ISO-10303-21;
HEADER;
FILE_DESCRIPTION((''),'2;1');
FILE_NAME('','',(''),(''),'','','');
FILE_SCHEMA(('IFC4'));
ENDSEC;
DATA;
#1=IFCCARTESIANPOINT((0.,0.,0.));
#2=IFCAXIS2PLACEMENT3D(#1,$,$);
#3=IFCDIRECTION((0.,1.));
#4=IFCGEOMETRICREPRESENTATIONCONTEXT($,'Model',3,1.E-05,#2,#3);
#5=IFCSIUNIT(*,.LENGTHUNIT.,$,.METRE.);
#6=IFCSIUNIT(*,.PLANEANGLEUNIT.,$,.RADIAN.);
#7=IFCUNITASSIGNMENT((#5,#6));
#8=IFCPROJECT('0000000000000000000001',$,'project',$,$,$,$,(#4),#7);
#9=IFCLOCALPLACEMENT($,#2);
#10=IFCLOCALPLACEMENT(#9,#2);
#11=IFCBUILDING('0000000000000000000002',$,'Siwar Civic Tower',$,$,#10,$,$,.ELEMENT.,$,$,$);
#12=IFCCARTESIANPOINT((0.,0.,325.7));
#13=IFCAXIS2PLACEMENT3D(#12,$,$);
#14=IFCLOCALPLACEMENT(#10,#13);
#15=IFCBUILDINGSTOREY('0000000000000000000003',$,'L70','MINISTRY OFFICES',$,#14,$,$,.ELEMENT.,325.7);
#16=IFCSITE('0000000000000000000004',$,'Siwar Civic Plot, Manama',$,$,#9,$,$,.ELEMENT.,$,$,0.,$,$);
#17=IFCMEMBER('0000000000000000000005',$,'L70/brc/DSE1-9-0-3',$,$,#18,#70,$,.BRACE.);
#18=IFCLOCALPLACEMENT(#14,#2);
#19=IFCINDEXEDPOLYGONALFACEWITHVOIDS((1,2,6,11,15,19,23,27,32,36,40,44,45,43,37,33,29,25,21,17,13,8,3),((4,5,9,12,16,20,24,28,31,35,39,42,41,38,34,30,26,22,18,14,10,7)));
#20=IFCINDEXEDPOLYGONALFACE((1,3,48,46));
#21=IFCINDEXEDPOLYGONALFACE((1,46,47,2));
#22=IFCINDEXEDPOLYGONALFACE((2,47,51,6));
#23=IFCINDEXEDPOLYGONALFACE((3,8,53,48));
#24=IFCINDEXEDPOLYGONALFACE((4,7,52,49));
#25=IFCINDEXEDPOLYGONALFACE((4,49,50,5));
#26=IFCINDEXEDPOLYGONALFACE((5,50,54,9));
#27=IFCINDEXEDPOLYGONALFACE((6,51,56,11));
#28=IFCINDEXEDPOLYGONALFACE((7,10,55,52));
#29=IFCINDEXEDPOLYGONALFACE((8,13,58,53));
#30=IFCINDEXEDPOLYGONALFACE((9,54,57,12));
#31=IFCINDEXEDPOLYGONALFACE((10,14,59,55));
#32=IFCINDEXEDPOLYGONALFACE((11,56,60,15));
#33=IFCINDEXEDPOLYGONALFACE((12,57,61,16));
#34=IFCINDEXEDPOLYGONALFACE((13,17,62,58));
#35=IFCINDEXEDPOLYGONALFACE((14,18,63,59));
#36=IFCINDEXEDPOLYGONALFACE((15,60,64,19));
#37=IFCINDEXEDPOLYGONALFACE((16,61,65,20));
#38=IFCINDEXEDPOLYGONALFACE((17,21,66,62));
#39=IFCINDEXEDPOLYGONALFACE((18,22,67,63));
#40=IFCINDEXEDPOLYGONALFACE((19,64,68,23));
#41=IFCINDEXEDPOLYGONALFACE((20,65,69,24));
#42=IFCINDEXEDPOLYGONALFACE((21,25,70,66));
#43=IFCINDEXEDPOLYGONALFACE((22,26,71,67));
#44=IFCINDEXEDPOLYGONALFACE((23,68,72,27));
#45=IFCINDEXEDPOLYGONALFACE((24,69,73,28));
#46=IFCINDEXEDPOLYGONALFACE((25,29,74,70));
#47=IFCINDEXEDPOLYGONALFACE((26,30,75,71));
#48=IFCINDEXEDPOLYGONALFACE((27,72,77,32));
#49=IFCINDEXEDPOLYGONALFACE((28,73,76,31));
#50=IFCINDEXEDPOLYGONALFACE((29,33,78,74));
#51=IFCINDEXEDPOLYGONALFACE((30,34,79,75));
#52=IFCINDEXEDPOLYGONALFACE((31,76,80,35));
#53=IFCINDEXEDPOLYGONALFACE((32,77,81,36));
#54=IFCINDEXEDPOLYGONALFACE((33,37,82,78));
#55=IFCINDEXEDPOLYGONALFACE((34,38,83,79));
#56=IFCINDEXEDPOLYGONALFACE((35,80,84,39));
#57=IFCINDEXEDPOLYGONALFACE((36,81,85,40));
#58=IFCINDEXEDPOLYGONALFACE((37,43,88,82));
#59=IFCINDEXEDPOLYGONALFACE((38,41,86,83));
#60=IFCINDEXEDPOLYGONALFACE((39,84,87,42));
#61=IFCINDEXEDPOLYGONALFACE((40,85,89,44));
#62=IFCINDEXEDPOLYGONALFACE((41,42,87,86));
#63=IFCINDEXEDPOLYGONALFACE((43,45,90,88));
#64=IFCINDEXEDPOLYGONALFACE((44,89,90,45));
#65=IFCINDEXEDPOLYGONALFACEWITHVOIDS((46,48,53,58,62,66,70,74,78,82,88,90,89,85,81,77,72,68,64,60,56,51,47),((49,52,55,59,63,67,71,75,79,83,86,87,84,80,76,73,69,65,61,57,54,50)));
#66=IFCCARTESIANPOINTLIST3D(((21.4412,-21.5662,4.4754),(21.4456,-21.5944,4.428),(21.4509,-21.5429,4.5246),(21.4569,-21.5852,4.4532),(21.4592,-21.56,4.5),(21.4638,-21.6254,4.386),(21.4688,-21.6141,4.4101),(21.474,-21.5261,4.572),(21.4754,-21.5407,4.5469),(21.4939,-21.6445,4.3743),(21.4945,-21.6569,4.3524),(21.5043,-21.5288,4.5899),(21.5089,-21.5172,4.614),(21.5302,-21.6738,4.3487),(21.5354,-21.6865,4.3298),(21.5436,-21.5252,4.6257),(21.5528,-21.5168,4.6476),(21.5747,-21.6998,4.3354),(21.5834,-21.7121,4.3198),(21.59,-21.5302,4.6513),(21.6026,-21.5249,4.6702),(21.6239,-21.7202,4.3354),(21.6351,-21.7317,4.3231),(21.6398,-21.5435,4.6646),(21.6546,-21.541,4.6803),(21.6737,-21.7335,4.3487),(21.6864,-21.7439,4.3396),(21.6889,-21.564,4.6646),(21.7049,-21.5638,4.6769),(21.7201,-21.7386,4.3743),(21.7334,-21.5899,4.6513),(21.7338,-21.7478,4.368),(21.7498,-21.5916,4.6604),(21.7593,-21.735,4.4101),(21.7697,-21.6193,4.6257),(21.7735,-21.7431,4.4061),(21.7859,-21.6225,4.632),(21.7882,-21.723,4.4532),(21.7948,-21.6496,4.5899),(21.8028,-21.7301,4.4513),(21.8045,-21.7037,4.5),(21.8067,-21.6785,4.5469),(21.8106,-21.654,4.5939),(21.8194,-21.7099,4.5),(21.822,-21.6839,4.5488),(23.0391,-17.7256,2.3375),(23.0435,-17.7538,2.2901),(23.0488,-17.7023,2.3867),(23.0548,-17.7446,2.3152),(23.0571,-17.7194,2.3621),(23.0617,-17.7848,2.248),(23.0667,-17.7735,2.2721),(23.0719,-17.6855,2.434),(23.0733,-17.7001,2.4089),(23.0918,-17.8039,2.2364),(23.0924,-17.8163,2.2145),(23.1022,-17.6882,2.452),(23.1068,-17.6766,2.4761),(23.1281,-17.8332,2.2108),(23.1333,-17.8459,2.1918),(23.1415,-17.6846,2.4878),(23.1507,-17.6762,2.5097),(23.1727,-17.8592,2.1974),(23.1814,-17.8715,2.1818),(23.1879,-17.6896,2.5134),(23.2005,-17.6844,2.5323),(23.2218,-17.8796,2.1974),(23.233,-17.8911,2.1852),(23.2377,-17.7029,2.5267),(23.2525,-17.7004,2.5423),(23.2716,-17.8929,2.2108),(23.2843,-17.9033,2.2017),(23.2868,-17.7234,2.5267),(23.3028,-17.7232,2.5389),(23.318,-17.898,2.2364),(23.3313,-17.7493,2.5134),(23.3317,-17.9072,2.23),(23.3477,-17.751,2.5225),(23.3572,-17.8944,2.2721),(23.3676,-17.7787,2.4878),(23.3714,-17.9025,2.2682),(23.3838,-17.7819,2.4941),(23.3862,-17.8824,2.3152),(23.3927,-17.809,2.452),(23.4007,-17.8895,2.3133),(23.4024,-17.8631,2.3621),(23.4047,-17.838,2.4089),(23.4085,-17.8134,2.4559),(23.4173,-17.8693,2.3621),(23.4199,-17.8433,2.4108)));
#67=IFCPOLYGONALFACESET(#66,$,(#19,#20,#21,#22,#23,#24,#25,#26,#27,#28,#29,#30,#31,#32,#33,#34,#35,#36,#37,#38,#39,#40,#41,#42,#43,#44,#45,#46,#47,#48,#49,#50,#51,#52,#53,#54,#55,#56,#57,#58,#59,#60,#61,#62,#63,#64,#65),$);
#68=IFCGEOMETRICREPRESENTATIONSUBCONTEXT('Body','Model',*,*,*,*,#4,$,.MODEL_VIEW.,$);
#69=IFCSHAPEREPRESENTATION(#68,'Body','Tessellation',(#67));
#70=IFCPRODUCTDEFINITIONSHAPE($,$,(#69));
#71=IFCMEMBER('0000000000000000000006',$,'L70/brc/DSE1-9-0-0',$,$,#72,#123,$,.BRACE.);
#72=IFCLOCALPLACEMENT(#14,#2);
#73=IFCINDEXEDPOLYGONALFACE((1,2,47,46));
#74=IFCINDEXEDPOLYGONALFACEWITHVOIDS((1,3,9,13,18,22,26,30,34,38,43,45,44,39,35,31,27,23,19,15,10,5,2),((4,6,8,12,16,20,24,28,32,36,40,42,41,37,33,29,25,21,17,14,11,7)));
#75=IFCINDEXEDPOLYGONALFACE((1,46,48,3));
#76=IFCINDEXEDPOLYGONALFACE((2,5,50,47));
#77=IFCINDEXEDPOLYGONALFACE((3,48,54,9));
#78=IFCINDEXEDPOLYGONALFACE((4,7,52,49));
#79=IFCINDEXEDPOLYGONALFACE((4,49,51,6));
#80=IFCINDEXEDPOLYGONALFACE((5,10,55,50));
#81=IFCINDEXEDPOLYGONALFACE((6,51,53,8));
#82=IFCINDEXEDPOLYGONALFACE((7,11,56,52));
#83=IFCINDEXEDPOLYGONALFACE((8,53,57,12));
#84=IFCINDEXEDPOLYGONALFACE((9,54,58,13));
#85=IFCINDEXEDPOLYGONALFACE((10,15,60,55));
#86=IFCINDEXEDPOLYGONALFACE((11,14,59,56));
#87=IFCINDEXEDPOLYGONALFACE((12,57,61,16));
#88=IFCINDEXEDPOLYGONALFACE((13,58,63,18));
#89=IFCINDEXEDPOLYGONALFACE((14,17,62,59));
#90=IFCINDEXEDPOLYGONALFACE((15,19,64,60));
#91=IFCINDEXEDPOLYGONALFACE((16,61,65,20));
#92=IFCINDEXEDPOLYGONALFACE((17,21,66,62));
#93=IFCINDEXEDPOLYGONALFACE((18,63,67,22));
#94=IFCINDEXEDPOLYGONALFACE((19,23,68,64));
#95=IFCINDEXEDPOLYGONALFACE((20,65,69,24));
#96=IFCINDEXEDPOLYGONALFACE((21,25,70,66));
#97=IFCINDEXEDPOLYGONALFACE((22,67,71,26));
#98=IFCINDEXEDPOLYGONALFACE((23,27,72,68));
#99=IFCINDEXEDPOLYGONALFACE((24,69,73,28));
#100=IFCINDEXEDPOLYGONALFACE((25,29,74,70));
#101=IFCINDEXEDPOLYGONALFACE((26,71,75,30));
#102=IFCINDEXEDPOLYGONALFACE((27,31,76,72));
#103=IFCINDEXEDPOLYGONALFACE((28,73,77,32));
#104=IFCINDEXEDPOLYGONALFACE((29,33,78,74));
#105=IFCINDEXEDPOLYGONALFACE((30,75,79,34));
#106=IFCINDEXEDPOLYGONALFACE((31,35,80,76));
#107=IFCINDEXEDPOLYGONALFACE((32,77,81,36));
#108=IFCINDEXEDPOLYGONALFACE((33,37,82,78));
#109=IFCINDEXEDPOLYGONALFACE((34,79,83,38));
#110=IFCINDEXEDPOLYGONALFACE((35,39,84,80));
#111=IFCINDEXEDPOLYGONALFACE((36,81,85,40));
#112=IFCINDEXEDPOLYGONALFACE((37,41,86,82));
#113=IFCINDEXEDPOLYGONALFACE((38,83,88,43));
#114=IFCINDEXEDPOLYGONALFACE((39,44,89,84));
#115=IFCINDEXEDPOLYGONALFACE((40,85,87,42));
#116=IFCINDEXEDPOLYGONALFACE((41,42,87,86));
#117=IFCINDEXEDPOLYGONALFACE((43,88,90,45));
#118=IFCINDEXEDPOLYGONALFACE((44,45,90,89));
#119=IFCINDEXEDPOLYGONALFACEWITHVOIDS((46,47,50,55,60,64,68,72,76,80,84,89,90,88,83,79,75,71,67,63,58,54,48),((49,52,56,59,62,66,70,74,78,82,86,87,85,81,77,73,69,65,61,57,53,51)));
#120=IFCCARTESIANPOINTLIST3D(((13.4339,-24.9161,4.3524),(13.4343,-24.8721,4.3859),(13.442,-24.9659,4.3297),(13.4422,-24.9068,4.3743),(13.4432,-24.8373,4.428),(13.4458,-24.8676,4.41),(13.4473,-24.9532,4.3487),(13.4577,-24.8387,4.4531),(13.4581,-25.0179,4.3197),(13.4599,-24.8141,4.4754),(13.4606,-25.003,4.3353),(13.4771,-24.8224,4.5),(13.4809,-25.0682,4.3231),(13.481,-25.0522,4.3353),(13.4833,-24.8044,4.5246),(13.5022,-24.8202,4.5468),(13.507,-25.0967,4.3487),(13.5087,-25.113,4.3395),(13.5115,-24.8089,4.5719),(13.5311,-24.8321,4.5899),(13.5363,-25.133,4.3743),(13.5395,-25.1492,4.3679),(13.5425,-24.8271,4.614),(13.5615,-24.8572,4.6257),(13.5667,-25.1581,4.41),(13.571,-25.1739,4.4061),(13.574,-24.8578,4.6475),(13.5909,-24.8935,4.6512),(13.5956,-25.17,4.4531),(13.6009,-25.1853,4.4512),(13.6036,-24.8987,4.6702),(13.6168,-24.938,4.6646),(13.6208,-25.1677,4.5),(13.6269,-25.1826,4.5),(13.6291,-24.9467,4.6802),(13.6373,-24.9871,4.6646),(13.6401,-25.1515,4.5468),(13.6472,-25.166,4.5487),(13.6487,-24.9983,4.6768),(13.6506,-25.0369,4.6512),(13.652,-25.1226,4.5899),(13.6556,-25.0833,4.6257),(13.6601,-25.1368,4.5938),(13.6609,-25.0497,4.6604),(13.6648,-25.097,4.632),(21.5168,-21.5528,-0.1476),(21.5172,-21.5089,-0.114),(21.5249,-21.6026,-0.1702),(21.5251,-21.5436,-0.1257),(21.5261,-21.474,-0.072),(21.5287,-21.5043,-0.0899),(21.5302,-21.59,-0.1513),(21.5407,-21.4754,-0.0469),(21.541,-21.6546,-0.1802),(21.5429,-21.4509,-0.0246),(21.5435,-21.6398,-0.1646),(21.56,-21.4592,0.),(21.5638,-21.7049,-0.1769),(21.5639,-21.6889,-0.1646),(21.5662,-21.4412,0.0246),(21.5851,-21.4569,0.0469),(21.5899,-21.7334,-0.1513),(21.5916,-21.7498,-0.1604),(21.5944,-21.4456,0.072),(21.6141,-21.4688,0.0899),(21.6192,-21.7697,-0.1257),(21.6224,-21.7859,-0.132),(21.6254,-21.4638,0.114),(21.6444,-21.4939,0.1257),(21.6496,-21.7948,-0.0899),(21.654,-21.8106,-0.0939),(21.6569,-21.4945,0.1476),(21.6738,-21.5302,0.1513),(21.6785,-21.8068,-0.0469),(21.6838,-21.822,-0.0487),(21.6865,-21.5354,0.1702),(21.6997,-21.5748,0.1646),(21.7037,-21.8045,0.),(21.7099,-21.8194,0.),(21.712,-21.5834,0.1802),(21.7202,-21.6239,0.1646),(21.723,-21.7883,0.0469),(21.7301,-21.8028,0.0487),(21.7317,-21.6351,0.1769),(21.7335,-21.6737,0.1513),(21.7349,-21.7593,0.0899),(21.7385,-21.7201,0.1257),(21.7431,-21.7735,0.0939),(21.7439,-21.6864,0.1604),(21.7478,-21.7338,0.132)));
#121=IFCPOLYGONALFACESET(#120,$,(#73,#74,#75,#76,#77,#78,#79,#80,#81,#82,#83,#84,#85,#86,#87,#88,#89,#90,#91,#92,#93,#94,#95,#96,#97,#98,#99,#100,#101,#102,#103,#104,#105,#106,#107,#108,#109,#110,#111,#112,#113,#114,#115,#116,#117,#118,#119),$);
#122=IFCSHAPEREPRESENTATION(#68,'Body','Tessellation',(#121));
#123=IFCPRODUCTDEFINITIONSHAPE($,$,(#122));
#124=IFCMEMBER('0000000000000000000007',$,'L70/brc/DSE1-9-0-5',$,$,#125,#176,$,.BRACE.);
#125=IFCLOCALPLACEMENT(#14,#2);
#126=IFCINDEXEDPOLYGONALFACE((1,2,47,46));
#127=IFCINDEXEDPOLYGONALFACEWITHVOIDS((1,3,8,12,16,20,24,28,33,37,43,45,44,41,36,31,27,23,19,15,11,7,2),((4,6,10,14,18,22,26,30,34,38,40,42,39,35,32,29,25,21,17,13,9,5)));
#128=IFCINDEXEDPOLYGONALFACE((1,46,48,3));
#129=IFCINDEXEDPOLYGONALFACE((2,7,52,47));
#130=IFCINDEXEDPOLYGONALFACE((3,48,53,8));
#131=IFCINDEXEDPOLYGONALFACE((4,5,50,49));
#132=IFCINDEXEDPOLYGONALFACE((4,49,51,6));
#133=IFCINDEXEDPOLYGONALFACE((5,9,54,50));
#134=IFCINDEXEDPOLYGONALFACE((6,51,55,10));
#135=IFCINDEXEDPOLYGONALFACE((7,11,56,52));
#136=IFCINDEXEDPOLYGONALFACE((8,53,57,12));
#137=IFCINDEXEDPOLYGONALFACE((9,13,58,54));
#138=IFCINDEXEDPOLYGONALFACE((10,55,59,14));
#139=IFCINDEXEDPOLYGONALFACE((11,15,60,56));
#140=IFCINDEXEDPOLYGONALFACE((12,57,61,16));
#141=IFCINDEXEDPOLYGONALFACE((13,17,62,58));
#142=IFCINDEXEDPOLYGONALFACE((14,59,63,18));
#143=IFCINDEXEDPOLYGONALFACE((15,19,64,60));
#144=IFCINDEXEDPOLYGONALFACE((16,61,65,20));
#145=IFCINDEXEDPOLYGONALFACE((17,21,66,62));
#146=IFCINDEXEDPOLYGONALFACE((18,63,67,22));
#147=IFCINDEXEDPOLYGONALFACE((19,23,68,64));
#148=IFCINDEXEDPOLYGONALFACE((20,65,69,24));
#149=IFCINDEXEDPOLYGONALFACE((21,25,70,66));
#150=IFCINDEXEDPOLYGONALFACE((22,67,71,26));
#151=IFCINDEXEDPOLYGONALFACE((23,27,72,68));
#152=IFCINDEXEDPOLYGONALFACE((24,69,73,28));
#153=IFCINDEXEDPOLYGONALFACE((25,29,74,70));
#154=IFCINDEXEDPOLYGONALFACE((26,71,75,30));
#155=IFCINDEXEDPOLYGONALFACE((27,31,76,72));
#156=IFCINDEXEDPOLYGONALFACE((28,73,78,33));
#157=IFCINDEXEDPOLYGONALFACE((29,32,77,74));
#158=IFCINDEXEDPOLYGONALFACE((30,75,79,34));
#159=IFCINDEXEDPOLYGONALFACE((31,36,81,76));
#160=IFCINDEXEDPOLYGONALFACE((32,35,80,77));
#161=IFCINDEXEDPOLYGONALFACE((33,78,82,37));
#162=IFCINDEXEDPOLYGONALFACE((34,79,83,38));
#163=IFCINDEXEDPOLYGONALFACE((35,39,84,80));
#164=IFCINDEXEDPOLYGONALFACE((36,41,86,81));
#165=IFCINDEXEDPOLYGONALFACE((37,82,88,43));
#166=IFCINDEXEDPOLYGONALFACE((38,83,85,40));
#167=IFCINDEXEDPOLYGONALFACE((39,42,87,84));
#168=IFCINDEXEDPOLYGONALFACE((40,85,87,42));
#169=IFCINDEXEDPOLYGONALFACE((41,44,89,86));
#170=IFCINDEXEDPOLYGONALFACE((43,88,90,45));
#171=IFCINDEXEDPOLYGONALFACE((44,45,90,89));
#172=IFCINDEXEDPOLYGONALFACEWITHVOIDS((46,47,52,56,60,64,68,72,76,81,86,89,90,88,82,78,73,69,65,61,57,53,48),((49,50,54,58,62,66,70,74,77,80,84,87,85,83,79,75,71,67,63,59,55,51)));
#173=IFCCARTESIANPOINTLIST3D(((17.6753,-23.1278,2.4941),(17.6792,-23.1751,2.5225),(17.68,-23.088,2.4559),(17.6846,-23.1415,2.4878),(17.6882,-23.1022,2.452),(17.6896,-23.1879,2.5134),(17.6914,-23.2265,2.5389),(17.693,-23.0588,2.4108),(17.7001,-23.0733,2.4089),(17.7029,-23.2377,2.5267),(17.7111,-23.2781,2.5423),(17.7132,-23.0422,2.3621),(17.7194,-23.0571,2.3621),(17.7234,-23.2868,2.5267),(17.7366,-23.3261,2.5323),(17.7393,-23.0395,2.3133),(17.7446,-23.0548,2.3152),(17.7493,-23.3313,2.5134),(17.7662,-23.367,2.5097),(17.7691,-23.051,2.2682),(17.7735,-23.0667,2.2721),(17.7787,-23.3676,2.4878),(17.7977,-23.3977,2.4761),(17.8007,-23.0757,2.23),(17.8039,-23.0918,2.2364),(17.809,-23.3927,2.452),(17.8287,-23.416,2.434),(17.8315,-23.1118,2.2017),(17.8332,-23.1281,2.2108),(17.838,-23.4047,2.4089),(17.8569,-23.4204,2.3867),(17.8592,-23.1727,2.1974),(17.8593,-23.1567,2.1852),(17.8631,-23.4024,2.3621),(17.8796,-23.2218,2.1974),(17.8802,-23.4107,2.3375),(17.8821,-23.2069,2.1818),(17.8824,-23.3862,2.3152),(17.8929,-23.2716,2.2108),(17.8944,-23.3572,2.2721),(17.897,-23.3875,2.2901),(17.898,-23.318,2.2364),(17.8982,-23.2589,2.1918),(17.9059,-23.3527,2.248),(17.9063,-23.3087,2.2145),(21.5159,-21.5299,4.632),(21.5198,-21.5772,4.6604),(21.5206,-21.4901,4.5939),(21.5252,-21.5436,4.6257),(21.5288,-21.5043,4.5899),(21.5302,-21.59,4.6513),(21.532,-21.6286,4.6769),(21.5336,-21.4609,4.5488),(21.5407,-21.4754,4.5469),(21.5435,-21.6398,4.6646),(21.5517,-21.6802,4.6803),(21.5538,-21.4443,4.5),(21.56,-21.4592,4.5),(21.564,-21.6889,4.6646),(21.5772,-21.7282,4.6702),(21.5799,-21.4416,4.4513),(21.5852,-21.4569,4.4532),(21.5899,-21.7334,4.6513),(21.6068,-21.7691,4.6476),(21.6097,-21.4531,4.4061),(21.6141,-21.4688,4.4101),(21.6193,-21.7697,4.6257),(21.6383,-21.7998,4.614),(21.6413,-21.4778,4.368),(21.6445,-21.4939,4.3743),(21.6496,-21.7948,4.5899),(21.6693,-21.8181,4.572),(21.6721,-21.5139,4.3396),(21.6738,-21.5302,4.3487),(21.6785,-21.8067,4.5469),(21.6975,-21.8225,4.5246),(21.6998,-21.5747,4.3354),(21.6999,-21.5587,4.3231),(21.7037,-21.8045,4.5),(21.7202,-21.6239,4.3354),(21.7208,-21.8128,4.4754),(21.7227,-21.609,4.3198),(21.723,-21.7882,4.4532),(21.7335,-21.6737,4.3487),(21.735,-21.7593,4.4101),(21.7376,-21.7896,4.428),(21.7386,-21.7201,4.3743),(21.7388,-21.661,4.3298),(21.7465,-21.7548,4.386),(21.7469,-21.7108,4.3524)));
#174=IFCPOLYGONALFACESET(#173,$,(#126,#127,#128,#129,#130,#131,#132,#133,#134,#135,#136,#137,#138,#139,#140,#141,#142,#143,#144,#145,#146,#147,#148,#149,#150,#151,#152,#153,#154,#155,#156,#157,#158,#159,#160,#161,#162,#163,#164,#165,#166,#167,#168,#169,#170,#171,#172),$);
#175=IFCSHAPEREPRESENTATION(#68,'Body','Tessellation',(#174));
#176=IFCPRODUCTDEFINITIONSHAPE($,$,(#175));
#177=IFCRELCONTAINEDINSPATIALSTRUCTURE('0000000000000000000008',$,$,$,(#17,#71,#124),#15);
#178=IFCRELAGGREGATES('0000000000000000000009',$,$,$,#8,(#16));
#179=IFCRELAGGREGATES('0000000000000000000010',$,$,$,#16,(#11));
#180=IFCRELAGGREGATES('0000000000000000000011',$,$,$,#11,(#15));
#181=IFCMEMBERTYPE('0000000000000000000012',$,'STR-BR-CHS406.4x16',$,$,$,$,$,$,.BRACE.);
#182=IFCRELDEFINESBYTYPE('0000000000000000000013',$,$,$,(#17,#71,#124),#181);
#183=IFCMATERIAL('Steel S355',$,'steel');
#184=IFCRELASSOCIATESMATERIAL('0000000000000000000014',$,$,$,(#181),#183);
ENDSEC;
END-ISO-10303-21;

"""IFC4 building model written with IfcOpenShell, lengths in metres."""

from ifc_helpers import new_model, si_unit, direction, frame, origin, origin_2d, place, context, subcontext, project, spatial, hollow_circle, extrude, material, material_profile, profile_set, type_object, element, save


model = new_model("IFC4")

# Units and contexts
model_context = context("Model", 3, precision=1e-05, world=origin(), true_north=direction((0.0, 1.0)))
body_context = subcontext(model_context, "Body", "Model", "MODEL_VIEW")
ifc_project = project(units=[si_unit("LENGTHUNIT", "METRE"), si_unit("PLANEANGLEUNIT", "RADIAN")], contexts=[model_context])

# Site, building, storey
site_placement = place(None, origin())
site = spatial("IfcSite", under=ifc_project, at=site_placement, Name="Siwar Civic Plot, Manama", CompositionType="ELEMENT", RefElevation=0.0)
building_placement = place(site_placement, origin())
building = spatial("IfcBuilding", under=site, at=building_placement, Name="Siwar Civic Tower", CompositionType="ELEMENT")
storey_placement = place(building_placement, frame((0.0, 0.0, 325.7)))
storey = spatial("IfcBuildingStorey", under=building, at=storey_placement, Name="L70", Description="MINISTRY OFFICES", CompositionType="ELEMENT", Elevation=325.7)

# Members
ifc_material_1 = material(Name="Steel S355", Category="steel")
ifc_material_profile_1 = material_profile(ifc_material_1, hollow_circle(Radius=0.2031, WallThickness=0.0161, at=origin_2d()), Name="CHS406.4x16")
ifc_profile_set_1 = profile_set([ifc_material_profile_1], Name="Steel S355")
member_type_1 = type_object("IfcMemberType", Name="STR-BR-CHS406.4x16", PredefinedType="BRACE", material=ifc_profile_set_1)
for number, where, z_axis, x_axis, name in (
    (1, (23.2297, -17.7913, 2.3621), (-0.341653, -0.821167, 0.45712), (0.923276, -0.384136, 0.0), "L70/brc/DSE1-9-0-3"),
):
    element("IfcMember", number, at=place(storey_placement, frame(where, z_axis=z_axis, x_axis=x_axis)), inside=storey, type_object=member_type_1, Name=name, PredefinedType="BRACE", context=body_context, shape_type="SweptSolid", body=[
        extrude(hollow_circle(Radius=0.2031, WallThickness=0.0161, at=origin_2d()), origin(), (0.0, 0.0, 1.0), 4.677),
    ])
member_1_placement = place(storey_placement, frame((21.6318, -21.6318, 0.0), z_axis=(-0.821143, -0.341671, 0.457149), x_axis=(0.384164, -0.923265, 0.0)))
element("IfcMember", 2, at=member_1_placement, inside=storey, type_object=member_type_1, Name="L70/brc/DSE1-9-0-0", PredefinedType="BRACE", context=body_context, shape_type="SweptSolid", body=[
    extrude(hollow_circle(Radius=0.2031, WallThickness=0.0161, at=origin_2d()), origin(), (0.0, 0.0, 1.0), 9.8435),
])
member_2_placement = place(storey_placement, frame((17.7913, -23.2297, 2.3621), z_axis=(0.821167, 0.341653, 0.45712), x_axis=(-0.384136, 0.923276, 0.0)))
element("IfcMember", 3, at=member_2_placement, inside=storey, type_object=member_type_1, Name="L70/brc/DSE1-9-0-5", PredefinedType="BRACE", context=body_context, shape_type="SweptSolid", body=[
    extrude(hollow_circle(Radius=0.2031, WallThickness=0.0161, at=origin_2d()), origin(), (0.0, 0.0, 1.0), 4.677),
])

save(model, "model.ifc")
